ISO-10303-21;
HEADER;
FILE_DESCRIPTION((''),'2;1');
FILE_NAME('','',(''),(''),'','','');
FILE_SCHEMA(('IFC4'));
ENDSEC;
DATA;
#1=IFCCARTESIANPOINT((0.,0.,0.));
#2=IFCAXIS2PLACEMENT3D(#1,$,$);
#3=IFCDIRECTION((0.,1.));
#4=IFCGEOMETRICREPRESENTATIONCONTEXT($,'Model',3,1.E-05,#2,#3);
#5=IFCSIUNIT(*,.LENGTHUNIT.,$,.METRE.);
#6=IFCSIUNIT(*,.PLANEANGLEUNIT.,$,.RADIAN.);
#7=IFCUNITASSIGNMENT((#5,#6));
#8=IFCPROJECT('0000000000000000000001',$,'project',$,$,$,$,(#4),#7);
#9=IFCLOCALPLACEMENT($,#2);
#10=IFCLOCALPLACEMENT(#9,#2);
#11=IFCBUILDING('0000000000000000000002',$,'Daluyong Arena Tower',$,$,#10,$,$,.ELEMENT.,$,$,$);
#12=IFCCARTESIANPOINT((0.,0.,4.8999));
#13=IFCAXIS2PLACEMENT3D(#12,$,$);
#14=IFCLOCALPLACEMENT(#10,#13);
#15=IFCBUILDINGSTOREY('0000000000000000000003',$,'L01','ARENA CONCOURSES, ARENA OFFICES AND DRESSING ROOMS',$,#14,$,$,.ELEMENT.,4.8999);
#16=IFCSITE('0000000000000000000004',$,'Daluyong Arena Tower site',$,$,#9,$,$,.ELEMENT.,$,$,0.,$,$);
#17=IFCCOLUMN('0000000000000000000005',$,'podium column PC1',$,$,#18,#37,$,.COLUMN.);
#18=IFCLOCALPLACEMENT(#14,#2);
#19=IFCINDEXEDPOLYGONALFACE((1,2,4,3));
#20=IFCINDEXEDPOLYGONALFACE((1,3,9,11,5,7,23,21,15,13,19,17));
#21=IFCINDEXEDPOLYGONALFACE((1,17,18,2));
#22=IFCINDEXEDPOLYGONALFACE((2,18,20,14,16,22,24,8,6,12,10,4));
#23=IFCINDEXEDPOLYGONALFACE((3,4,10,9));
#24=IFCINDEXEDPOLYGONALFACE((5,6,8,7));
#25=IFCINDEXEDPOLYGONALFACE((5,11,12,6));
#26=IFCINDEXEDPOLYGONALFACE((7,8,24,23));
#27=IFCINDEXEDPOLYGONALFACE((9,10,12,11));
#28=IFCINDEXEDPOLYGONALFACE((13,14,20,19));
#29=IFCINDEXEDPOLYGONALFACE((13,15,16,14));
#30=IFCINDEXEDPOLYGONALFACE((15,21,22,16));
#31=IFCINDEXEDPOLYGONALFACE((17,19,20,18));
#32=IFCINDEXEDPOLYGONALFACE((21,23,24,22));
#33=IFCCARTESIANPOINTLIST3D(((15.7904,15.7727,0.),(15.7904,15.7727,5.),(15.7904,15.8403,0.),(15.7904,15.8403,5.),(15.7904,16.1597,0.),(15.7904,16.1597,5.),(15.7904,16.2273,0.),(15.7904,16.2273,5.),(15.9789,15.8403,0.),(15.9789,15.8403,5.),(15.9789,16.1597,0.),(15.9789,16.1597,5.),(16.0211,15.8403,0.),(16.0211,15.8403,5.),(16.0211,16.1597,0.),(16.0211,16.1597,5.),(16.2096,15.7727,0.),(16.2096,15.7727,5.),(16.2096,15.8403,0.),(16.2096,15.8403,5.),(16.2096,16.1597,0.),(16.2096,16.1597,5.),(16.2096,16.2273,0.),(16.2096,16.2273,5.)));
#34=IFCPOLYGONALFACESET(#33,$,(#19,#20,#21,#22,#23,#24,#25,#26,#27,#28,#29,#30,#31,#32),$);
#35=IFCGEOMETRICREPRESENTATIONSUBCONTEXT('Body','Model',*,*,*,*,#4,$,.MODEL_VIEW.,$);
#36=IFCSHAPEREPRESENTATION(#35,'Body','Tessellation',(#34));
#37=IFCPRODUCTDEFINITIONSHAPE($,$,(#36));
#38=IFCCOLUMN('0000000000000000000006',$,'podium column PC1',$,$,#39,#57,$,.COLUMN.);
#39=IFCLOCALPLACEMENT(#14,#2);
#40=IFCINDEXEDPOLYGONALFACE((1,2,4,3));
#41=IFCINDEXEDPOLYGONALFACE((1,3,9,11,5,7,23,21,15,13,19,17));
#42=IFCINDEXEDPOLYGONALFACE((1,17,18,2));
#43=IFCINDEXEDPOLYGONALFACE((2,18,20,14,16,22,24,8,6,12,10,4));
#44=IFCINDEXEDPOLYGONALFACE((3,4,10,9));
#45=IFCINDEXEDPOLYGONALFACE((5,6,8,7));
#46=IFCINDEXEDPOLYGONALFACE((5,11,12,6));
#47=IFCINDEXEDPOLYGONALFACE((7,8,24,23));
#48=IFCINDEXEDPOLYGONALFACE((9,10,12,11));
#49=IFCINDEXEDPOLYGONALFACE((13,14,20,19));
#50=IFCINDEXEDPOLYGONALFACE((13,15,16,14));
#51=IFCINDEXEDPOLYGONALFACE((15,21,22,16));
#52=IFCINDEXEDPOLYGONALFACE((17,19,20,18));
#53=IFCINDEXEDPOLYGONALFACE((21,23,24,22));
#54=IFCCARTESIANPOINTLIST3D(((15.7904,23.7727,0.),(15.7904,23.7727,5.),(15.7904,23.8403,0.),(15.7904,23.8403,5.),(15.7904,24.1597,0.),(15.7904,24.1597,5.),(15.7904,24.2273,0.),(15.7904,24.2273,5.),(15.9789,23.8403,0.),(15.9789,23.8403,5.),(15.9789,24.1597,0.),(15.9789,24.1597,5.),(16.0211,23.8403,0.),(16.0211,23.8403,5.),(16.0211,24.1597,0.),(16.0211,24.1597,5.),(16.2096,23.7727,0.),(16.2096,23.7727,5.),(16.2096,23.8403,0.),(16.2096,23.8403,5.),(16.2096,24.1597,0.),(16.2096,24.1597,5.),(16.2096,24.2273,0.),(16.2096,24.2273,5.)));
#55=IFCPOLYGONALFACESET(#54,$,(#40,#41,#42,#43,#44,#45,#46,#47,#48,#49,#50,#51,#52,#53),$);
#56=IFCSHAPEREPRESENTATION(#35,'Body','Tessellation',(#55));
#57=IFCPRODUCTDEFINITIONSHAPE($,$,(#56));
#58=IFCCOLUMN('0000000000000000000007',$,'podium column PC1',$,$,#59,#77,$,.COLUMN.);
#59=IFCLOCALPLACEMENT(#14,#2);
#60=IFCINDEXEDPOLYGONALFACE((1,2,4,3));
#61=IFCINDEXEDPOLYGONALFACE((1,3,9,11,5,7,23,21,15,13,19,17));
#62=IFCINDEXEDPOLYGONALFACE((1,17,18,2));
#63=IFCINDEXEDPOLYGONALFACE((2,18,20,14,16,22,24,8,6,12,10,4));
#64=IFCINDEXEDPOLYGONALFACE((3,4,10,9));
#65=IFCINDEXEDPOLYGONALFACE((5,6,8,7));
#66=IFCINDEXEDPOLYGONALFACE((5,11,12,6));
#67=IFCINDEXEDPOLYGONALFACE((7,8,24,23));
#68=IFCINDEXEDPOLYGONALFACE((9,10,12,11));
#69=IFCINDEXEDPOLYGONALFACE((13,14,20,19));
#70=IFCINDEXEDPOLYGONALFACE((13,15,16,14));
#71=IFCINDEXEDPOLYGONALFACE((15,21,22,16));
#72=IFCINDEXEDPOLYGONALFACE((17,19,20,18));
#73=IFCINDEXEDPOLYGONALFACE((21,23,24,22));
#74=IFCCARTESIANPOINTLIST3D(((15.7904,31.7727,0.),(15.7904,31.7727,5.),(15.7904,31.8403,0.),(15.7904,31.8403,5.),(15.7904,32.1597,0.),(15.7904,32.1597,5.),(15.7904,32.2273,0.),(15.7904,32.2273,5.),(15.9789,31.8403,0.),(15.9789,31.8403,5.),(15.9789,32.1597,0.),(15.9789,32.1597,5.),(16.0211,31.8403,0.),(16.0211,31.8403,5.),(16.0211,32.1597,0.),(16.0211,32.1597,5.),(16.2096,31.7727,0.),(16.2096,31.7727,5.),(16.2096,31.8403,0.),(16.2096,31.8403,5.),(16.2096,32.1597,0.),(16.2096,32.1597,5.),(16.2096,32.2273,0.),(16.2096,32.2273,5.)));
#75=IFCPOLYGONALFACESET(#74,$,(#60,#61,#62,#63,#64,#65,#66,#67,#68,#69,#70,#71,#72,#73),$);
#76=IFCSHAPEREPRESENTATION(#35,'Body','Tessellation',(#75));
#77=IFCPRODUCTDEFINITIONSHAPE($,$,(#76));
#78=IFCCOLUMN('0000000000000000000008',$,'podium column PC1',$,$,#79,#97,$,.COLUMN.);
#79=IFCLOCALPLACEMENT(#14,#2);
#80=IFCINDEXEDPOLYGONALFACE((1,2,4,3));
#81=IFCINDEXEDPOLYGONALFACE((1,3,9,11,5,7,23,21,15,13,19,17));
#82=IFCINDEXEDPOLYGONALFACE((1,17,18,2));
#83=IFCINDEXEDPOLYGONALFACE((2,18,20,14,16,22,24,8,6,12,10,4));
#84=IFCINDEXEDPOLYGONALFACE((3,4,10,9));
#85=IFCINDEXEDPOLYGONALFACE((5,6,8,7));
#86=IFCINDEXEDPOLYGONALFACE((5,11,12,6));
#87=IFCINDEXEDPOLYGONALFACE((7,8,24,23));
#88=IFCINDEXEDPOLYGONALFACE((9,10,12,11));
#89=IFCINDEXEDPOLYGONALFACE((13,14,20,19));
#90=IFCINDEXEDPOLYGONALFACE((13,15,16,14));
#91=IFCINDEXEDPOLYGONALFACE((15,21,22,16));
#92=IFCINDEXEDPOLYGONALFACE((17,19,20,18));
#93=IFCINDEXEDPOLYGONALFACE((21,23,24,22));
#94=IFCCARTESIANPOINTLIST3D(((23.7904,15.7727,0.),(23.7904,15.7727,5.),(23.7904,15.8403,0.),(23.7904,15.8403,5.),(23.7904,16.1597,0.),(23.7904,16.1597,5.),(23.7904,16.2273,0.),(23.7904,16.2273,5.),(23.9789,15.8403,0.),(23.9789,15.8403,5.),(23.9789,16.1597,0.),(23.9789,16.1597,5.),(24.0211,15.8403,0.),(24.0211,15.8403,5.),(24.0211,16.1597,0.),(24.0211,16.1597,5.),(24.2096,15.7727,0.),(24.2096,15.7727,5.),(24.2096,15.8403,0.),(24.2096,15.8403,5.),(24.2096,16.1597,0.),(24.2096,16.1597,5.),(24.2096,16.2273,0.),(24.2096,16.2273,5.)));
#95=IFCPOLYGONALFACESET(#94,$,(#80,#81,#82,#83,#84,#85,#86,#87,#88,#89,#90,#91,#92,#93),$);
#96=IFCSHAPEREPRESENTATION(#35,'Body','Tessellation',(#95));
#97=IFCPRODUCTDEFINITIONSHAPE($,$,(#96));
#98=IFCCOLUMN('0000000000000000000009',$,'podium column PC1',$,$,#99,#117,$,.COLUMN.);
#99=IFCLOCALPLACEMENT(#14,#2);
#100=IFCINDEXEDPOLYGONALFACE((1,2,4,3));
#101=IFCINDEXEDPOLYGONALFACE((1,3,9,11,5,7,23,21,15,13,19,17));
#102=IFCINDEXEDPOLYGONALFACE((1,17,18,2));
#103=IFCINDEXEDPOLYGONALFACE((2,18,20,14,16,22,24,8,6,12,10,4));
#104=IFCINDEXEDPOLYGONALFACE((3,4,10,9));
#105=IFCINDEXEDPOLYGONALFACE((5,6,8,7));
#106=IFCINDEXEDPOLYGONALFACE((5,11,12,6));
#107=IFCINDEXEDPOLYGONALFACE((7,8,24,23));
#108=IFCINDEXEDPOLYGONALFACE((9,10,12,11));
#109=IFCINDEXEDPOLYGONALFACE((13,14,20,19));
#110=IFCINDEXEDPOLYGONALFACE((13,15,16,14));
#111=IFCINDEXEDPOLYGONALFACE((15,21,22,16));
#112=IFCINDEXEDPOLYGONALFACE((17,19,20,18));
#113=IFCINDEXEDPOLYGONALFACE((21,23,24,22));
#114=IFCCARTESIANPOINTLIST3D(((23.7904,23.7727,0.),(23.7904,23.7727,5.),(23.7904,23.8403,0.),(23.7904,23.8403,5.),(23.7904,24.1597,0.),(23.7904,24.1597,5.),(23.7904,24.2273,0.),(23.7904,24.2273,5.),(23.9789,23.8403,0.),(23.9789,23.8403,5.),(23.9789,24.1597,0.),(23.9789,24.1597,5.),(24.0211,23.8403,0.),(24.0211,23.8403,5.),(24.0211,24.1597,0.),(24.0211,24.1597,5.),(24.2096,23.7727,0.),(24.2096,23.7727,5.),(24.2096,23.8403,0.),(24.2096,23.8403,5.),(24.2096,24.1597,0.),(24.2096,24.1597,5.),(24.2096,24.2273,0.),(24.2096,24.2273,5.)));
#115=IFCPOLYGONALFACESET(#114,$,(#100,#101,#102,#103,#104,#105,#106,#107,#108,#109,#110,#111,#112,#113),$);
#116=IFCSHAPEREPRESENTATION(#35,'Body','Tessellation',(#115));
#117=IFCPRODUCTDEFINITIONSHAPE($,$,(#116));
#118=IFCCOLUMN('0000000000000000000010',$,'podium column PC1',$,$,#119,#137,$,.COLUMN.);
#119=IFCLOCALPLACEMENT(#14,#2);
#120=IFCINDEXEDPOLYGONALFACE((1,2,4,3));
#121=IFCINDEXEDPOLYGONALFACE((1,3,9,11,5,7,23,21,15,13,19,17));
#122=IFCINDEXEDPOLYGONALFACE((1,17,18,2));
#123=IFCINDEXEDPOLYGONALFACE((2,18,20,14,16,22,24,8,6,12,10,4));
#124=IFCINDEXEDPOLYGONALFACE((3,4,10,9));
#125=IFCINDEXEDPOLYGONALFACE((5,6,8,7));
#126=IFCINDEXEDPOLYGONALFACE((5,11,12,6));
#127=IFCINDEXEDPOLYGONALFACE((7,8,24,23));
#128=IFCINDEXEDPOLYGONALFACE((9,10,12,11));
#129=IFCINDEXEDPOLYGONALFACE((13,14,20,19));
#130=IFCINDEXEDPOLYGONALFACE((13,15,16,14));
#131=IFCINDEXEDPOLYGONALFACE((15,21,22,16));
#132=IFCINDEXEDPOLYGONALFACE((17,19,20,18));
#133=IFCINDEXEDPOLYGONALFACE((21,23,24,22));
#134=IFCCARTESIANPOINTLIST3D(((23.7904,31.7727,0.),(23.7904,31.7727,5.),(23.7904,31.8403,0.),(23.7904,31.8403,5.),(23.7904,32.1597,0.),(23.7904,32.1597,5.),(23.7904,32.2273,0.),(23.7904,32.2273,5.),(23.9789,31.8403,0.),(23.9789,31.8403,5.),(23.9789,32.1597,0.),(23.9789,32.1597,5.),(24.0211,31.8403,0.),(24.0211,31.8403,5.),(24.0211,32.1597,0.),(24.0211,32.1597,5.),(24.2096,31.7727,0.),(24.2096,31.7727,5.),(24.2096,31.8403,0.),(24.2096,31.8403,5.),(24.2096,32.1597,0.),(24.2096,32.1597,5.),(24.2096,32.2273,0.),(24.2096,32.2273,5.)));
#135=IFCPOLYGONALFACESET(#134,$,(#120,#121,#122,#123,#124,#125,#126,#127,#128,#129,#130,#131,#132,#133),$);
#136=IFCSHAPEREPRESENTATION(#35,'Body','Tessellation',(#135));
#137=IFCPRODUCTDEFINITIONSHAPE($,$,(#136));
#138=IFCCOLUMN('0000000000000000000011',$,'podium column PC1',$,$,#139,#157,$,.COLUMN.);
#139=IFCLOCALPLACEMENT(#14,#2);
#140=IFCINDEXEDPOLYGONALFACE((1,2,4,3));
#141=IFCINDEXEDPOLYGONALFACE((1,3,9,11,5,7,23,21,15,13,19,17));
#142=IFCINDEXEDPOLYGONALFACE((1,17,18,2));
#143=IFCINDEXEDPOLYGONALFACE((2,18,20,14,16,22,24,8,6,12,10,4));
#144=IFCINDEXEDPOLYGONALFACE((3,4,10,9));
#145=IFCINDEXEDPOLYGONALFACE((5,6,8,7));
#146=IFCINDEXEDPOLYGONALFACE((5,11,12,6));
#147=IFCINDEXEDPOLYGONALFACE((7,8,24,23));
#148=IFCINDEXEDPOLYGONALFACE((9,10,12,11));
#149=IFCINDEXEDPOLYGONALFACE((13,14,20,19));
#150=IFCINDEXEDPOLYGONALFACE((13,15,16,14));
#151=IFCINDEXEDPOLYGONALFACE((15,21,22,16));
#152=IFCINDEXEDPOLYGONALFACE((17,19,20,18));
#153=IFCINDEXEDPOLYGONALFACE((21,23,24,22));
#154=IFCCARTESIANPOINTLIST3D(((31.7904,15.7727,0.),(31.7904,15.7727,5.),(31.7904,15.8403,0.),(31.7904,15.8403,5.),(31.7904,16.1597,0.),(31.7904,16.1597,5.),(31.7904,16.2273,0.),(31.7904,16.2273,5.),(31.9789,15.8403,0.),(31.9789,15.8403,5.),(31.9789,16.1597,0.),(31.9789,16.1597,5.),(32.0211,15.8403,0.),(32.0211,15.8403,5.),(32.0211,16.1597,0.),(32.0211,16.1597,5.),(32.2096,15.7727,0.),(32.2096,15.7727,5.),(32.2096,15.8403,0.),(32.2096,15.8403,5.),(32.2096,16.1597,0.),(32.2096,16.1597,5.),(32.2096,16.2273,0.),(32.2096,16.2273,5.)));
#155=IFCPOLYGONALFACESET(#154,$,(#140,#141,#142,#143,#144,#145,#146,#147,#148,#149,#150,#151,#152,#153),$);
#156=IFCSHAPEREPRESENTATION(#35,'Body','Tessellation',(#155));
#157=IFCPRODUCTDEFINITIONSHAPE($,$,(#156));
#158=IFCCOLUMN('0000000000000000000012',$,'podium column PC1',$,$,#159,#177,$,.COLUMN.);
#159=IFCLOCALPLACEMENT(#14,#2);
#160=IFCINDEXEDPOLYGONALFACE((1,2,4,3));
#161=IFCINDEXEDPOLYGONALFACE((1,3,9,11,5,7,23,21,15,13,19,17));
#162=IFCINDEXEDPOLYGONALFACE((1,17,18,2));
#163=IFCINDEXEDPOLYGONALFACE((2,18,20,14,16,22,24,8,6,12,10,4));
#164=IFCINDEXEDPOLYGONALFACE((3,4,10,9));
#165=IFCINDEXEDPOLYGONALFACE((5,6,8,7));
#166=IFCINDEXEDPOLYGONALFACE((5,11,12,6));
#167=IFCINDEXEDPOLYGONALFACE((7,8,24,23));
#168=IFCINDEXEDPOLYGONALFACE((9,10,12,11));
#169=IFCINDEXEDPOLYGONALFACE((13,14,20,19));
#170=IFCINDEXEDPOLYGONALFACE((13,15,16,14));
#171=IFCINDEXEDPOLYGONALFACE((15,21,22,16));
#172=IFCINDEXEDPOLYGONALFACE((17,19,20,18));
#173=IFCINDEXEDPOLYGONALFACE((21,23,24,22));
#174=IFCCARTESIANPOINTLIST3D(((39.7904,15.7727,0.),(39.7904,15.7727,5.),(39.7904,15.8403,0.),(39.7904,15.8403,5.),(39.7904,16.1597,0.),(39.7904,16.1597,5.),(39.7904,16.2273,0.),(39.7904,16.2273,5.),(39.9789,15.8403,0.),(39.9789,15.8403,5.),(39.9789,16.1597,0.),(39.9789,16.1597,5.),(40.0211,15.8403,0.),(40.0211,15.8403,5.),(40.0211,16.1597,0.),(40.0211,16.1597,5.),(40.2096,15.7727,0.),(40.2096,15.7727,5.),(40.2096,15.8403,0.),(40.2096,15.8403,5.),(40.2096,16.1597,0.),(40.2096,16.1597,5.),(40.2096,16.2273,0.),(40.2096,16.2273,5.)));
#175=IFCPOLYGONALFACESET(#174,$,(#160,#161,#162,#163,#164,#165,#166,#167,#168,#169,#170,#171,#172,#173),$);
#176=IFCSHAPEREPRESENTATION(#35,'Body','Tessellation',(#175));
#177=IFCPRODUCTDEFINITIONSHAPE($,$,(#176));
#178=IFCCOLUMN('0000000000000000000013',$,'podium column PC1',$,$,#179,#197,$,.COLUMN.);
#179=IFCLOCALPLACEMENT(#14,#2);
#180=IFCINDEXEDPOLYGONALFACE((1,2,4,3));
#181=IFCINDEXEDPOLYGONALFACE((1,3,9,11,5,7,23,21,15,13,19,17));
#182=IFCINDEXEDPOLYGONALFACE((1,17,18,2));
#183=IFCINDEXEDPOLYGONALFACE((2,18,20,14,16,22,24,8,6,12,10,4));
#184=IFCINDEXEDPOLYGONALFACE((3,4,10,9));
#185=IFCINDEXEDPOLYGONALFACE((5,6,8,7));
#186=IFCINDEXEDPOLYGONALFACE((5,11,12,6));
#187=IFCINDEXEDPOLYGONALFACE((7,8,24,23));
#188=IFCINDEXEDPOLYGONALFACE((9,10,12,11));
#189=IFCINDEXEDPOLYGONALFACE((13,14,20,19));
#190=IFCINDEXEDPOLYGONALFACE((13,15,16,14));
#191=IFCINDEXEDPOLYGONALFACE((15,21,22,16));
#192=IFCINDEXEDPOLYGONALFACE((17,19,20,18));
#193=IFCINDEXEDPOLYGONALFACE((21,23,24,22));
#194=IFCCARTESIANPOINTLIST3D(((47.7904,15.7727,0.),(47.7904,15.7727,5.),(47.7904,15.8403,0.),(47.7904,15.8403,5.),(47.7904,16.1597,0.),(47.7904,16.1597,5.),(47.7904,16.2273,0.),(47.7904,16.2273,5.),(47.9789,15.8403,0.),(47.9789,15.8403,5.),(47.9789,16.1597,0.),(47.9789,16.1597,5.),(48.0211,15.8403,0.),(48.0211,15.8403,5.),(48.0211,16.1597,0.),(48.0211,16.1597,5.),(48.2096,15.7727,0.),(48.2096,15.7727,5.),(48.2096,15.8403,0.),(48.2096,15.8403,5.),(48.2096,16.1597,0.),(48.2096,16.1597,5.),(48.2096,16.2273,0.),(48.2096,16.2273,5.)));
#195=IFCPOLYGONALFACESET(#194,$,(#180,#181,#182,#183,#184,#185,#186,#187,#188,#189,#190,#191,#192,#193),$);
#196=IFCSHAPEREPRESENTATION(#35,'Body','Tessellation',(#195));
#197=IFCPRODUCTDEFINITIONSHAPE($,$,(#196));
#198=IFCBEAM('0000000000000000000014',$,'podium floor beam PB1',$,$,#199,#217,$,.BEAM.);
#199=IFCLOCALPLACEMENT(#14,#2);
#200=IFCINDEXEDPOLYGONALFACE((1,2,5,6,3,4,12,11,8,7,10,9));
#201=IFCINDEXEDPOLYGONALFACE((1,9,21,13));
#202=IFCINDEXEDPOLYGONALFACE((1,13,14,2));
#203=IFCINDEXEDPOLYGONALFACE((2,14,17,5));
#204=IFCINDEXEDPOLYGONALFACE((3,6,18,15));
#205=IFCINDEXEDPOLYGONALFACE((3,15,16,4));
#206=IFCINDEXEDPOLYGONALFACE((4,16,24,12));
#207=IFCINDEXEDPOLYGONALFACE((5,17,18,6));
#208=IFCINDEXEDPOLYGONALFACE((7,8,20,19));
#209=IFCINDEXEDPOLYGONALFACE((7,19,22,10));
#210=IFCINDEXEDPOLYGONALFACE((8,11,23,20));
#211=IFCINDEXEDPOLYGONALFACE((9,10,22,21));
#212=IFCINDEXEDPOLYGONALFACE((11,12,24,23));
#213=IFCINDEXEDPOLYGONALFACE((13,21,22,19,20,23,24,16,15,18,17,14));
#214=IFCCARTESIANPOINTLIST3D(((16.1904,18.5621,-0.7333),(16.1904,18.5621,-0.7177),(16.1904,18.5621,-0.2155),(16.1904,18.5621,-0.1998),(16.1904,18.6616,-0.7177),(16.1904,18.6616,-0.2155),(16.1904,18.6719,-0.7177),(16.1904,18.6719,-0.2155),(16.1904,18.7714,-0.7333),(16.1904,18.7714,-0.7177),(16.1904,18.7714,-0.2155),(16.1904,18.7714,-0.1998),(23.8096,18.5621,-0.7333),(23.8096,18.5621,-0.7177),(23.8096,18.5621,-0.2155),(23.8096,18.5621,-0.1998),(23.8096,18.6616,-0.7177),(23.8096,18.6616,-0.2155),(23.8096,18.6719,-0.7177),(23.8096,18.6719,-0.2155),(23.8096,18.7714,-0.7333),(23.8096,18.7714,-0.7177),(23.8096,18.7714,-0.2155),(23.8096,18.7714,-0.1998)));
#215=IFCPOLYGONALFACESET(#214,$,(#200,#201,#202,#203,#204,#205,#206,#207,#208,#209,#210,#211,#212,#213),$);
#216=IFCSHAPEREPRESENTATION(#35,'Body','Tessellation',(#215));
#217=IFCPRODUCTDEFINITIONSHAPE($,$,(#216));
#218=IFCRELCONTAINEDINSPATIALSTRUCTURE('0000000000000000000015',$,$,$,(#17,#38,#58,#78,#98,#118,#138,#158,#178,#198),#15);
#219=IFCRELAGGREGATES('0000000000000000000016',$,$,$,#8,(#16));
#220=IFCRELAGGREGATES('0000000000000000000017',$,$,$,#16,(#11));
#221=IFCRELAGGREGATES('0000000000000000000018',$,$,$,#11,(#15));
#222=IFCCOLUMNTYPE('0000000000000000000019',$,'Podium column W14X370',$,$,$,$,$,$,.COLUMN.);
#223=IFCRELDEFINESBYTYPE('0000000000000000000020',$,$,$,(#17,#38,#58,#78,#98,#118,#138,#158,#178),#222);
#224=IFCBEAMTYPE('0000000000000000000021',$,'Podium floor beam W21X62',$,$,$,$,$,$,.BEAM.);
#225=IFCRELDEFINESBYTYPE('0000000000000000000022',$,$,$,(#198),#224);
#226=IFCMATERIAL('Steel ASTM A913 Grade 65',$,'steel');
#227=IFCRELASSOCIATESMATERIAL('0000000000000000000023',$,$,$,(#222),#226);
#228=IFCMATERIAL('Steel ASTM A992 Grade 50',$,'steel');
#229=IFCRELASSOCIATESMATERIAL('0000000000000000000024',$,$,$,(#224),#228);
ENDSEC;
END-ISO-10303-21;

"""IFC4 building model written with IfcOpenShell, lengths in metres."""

from ifc_helpers import new_model, si_unit, direction, frame, origin, origin_2d, place, context, subcontext, project, spatial, i_section, extrude, material, material_profile, profile_set, type_object, element, save


model = new_model("IFC4")

# Units and contexts
model_context = context("Model", 3, precision=1e-05, world=origin(), true_north=direction((0.0, 1.0)))
body_context = subcontext(model_context, "Body", "Model", "MODEL_VIEW")
ifc_project = project(units=[si_unit("LENGTHUNIT", "METRE"), si_unit("PLANEANGLEUNIT", "RADIAN")], contexts=[model_context])

# Site, building, storey
site_placement = place(None, origin())
site = spatial("IfcSite", under=ifc_project, at=site_placement, Name="Daluyong Arena Tower site", CompositionType="ELEMENT", RefElevation=0.0)
building_placement = place(site_placement, origin())
building = spatial("IfcBuilding", under=site, at=building_placement, Name="Daluyong Arena Tower", CompositionType="ELEMENT")
storey_placement = place(building_placement, frame((0.0, 0.0, 4.8999)))
storey = spatial("IfcBuildingStorey", under=building, at=storey_placement, Name="L01", Description="ARENA CONCOURSES, ARENA OFFICES AND DRESSING ROOMS", CompositionType="ELEMENT", Elevation=4.8999)

# Columns
ifc_material_1 = material(Name="Steel ASTM A913 Grade 65", Category="steel")
ifc_material_profile_1 = material_profile(ifc_material_1, i_section(OverallWidth=0.4192, OverallDepth=0.4546, WebThickness=0.0422, FlangeThickness=0.0676, at=origin_2d()))
ifc_profile_set_1 = profile_set([ifc_material_profile_1], Name="Steel ASTM A913 Grade 65")
column_type = type_object("IfcColumnType", Name="Podium column W14X370", PredefinedType="COLUMN", material=ifc_profile_set_1)
for number, where, z_axis, x_axis, name in (
    (1, (16.0, 16.0, 0.0), (0.0, 0.0, 1.0), (1.0, 0.0, 0.0), "podium column PC1"),
    (2, (16.0, 24.0, 0.0), (0.0, 0.0, 1.0), (1.0, 0.0, 0.0), "podium column PC1"),
    (3, (16.0, 32.0, 0.0), (0.0, 0.0, 1.0), (1.0, 0.0, 0.0), "podium column PC1"),
    (4, (24.0, 16.0, 0.0), (0.0, 0.0, 1.0), (1.0, 0.0, 0.0), "podium column PC1"),
    (5, (24.0, 24.0, 0.0), (0.0, 0.0, 1.0), (1.0, 0.0, 0.0), "podium column PC1"),
    (6, (24.0, 32.0, 0.0), (0.0, 0.0, 1.0), (1.0, 0.0, 0.0), "podium column PC1"),
    (7, (32.0, 16.0, 0.0), (0.0, 0.0, 1.0), (1.0, 0.0, 0.0), "podium column PC1"),
    (8, (40.0, 16.0, 0.0), (0.0, 0.0, 1.0), (1.0, 0.0, 0.0), "podium column PC1"),
    (9, (48.0, 16.0, 0.0), (0.0, 0.0, 1.0), (1.0, 0.0, 0.0), "podium column PC1"),
):
    element("IfcColumn", number, at=place(storey_placement, frame(where, z_axis=z_axis, x_axis=x_axis)), inside=storey, type_object=column_type, Name=name, PredefinedType="COLUMN", context=body_context, shape_type="SweptSolid", body=[
        extrude(i_section(OverallWidth=0.4192, OverallDepth=0.4546, WebThickness=0.0422, FlangeThickness=0.0676, at=origin_2d()), origin(), (0.0, 0.0, 1.0), 5.0),
    ])

# Beam
ifc_material_2 = material(Name="Steel ASTM A992 Grade 50", Category="steel")
ifc_material_profile_2 = material_profile(ifc_material_2, i_section(OverallWidth=0.2092, OverallDepth=0.5334, WebThickness=0.0103, FlangeThickness=0.0156, at=origin_2d()))
ifc_profile_set_2 = profile_set([ifc_material_profile_2], Name="Steel ASTM A992 Grade 50")
beam_type_1 = type_object("IfcBeamType", Name="Podium floor beam W21X62", PredefinedType="BEAM", material=ifc_profile_set_2)
for number, where, z_axis, x_axis, name in (
    (10, (16.1904, 18.6667, -0.4666), (1.0, 0.0, 0.0), (0.0, 1.0, 0.0), "podium floor beam PB1"),
):
    element("IfcBeam", number, at=place(storey_placement, frame(where, z_axis=z_axis, x_axis=x_axis)), inside=storey, type_object=beam_type_1, Name=name, PredefinedType="BEAM", context=body_context, shape_type="SweptSolid", body=[
        extrude(i_section(OverallWidth=0.2092, OverallDepth=0.5334, WebThickness=0.0103, FlangeThickness=0.0156, at=origin_2d()), origin(), (0.0, 0.0, 1.0), 7.6191),
    ])

save(model, "model.ifc")
